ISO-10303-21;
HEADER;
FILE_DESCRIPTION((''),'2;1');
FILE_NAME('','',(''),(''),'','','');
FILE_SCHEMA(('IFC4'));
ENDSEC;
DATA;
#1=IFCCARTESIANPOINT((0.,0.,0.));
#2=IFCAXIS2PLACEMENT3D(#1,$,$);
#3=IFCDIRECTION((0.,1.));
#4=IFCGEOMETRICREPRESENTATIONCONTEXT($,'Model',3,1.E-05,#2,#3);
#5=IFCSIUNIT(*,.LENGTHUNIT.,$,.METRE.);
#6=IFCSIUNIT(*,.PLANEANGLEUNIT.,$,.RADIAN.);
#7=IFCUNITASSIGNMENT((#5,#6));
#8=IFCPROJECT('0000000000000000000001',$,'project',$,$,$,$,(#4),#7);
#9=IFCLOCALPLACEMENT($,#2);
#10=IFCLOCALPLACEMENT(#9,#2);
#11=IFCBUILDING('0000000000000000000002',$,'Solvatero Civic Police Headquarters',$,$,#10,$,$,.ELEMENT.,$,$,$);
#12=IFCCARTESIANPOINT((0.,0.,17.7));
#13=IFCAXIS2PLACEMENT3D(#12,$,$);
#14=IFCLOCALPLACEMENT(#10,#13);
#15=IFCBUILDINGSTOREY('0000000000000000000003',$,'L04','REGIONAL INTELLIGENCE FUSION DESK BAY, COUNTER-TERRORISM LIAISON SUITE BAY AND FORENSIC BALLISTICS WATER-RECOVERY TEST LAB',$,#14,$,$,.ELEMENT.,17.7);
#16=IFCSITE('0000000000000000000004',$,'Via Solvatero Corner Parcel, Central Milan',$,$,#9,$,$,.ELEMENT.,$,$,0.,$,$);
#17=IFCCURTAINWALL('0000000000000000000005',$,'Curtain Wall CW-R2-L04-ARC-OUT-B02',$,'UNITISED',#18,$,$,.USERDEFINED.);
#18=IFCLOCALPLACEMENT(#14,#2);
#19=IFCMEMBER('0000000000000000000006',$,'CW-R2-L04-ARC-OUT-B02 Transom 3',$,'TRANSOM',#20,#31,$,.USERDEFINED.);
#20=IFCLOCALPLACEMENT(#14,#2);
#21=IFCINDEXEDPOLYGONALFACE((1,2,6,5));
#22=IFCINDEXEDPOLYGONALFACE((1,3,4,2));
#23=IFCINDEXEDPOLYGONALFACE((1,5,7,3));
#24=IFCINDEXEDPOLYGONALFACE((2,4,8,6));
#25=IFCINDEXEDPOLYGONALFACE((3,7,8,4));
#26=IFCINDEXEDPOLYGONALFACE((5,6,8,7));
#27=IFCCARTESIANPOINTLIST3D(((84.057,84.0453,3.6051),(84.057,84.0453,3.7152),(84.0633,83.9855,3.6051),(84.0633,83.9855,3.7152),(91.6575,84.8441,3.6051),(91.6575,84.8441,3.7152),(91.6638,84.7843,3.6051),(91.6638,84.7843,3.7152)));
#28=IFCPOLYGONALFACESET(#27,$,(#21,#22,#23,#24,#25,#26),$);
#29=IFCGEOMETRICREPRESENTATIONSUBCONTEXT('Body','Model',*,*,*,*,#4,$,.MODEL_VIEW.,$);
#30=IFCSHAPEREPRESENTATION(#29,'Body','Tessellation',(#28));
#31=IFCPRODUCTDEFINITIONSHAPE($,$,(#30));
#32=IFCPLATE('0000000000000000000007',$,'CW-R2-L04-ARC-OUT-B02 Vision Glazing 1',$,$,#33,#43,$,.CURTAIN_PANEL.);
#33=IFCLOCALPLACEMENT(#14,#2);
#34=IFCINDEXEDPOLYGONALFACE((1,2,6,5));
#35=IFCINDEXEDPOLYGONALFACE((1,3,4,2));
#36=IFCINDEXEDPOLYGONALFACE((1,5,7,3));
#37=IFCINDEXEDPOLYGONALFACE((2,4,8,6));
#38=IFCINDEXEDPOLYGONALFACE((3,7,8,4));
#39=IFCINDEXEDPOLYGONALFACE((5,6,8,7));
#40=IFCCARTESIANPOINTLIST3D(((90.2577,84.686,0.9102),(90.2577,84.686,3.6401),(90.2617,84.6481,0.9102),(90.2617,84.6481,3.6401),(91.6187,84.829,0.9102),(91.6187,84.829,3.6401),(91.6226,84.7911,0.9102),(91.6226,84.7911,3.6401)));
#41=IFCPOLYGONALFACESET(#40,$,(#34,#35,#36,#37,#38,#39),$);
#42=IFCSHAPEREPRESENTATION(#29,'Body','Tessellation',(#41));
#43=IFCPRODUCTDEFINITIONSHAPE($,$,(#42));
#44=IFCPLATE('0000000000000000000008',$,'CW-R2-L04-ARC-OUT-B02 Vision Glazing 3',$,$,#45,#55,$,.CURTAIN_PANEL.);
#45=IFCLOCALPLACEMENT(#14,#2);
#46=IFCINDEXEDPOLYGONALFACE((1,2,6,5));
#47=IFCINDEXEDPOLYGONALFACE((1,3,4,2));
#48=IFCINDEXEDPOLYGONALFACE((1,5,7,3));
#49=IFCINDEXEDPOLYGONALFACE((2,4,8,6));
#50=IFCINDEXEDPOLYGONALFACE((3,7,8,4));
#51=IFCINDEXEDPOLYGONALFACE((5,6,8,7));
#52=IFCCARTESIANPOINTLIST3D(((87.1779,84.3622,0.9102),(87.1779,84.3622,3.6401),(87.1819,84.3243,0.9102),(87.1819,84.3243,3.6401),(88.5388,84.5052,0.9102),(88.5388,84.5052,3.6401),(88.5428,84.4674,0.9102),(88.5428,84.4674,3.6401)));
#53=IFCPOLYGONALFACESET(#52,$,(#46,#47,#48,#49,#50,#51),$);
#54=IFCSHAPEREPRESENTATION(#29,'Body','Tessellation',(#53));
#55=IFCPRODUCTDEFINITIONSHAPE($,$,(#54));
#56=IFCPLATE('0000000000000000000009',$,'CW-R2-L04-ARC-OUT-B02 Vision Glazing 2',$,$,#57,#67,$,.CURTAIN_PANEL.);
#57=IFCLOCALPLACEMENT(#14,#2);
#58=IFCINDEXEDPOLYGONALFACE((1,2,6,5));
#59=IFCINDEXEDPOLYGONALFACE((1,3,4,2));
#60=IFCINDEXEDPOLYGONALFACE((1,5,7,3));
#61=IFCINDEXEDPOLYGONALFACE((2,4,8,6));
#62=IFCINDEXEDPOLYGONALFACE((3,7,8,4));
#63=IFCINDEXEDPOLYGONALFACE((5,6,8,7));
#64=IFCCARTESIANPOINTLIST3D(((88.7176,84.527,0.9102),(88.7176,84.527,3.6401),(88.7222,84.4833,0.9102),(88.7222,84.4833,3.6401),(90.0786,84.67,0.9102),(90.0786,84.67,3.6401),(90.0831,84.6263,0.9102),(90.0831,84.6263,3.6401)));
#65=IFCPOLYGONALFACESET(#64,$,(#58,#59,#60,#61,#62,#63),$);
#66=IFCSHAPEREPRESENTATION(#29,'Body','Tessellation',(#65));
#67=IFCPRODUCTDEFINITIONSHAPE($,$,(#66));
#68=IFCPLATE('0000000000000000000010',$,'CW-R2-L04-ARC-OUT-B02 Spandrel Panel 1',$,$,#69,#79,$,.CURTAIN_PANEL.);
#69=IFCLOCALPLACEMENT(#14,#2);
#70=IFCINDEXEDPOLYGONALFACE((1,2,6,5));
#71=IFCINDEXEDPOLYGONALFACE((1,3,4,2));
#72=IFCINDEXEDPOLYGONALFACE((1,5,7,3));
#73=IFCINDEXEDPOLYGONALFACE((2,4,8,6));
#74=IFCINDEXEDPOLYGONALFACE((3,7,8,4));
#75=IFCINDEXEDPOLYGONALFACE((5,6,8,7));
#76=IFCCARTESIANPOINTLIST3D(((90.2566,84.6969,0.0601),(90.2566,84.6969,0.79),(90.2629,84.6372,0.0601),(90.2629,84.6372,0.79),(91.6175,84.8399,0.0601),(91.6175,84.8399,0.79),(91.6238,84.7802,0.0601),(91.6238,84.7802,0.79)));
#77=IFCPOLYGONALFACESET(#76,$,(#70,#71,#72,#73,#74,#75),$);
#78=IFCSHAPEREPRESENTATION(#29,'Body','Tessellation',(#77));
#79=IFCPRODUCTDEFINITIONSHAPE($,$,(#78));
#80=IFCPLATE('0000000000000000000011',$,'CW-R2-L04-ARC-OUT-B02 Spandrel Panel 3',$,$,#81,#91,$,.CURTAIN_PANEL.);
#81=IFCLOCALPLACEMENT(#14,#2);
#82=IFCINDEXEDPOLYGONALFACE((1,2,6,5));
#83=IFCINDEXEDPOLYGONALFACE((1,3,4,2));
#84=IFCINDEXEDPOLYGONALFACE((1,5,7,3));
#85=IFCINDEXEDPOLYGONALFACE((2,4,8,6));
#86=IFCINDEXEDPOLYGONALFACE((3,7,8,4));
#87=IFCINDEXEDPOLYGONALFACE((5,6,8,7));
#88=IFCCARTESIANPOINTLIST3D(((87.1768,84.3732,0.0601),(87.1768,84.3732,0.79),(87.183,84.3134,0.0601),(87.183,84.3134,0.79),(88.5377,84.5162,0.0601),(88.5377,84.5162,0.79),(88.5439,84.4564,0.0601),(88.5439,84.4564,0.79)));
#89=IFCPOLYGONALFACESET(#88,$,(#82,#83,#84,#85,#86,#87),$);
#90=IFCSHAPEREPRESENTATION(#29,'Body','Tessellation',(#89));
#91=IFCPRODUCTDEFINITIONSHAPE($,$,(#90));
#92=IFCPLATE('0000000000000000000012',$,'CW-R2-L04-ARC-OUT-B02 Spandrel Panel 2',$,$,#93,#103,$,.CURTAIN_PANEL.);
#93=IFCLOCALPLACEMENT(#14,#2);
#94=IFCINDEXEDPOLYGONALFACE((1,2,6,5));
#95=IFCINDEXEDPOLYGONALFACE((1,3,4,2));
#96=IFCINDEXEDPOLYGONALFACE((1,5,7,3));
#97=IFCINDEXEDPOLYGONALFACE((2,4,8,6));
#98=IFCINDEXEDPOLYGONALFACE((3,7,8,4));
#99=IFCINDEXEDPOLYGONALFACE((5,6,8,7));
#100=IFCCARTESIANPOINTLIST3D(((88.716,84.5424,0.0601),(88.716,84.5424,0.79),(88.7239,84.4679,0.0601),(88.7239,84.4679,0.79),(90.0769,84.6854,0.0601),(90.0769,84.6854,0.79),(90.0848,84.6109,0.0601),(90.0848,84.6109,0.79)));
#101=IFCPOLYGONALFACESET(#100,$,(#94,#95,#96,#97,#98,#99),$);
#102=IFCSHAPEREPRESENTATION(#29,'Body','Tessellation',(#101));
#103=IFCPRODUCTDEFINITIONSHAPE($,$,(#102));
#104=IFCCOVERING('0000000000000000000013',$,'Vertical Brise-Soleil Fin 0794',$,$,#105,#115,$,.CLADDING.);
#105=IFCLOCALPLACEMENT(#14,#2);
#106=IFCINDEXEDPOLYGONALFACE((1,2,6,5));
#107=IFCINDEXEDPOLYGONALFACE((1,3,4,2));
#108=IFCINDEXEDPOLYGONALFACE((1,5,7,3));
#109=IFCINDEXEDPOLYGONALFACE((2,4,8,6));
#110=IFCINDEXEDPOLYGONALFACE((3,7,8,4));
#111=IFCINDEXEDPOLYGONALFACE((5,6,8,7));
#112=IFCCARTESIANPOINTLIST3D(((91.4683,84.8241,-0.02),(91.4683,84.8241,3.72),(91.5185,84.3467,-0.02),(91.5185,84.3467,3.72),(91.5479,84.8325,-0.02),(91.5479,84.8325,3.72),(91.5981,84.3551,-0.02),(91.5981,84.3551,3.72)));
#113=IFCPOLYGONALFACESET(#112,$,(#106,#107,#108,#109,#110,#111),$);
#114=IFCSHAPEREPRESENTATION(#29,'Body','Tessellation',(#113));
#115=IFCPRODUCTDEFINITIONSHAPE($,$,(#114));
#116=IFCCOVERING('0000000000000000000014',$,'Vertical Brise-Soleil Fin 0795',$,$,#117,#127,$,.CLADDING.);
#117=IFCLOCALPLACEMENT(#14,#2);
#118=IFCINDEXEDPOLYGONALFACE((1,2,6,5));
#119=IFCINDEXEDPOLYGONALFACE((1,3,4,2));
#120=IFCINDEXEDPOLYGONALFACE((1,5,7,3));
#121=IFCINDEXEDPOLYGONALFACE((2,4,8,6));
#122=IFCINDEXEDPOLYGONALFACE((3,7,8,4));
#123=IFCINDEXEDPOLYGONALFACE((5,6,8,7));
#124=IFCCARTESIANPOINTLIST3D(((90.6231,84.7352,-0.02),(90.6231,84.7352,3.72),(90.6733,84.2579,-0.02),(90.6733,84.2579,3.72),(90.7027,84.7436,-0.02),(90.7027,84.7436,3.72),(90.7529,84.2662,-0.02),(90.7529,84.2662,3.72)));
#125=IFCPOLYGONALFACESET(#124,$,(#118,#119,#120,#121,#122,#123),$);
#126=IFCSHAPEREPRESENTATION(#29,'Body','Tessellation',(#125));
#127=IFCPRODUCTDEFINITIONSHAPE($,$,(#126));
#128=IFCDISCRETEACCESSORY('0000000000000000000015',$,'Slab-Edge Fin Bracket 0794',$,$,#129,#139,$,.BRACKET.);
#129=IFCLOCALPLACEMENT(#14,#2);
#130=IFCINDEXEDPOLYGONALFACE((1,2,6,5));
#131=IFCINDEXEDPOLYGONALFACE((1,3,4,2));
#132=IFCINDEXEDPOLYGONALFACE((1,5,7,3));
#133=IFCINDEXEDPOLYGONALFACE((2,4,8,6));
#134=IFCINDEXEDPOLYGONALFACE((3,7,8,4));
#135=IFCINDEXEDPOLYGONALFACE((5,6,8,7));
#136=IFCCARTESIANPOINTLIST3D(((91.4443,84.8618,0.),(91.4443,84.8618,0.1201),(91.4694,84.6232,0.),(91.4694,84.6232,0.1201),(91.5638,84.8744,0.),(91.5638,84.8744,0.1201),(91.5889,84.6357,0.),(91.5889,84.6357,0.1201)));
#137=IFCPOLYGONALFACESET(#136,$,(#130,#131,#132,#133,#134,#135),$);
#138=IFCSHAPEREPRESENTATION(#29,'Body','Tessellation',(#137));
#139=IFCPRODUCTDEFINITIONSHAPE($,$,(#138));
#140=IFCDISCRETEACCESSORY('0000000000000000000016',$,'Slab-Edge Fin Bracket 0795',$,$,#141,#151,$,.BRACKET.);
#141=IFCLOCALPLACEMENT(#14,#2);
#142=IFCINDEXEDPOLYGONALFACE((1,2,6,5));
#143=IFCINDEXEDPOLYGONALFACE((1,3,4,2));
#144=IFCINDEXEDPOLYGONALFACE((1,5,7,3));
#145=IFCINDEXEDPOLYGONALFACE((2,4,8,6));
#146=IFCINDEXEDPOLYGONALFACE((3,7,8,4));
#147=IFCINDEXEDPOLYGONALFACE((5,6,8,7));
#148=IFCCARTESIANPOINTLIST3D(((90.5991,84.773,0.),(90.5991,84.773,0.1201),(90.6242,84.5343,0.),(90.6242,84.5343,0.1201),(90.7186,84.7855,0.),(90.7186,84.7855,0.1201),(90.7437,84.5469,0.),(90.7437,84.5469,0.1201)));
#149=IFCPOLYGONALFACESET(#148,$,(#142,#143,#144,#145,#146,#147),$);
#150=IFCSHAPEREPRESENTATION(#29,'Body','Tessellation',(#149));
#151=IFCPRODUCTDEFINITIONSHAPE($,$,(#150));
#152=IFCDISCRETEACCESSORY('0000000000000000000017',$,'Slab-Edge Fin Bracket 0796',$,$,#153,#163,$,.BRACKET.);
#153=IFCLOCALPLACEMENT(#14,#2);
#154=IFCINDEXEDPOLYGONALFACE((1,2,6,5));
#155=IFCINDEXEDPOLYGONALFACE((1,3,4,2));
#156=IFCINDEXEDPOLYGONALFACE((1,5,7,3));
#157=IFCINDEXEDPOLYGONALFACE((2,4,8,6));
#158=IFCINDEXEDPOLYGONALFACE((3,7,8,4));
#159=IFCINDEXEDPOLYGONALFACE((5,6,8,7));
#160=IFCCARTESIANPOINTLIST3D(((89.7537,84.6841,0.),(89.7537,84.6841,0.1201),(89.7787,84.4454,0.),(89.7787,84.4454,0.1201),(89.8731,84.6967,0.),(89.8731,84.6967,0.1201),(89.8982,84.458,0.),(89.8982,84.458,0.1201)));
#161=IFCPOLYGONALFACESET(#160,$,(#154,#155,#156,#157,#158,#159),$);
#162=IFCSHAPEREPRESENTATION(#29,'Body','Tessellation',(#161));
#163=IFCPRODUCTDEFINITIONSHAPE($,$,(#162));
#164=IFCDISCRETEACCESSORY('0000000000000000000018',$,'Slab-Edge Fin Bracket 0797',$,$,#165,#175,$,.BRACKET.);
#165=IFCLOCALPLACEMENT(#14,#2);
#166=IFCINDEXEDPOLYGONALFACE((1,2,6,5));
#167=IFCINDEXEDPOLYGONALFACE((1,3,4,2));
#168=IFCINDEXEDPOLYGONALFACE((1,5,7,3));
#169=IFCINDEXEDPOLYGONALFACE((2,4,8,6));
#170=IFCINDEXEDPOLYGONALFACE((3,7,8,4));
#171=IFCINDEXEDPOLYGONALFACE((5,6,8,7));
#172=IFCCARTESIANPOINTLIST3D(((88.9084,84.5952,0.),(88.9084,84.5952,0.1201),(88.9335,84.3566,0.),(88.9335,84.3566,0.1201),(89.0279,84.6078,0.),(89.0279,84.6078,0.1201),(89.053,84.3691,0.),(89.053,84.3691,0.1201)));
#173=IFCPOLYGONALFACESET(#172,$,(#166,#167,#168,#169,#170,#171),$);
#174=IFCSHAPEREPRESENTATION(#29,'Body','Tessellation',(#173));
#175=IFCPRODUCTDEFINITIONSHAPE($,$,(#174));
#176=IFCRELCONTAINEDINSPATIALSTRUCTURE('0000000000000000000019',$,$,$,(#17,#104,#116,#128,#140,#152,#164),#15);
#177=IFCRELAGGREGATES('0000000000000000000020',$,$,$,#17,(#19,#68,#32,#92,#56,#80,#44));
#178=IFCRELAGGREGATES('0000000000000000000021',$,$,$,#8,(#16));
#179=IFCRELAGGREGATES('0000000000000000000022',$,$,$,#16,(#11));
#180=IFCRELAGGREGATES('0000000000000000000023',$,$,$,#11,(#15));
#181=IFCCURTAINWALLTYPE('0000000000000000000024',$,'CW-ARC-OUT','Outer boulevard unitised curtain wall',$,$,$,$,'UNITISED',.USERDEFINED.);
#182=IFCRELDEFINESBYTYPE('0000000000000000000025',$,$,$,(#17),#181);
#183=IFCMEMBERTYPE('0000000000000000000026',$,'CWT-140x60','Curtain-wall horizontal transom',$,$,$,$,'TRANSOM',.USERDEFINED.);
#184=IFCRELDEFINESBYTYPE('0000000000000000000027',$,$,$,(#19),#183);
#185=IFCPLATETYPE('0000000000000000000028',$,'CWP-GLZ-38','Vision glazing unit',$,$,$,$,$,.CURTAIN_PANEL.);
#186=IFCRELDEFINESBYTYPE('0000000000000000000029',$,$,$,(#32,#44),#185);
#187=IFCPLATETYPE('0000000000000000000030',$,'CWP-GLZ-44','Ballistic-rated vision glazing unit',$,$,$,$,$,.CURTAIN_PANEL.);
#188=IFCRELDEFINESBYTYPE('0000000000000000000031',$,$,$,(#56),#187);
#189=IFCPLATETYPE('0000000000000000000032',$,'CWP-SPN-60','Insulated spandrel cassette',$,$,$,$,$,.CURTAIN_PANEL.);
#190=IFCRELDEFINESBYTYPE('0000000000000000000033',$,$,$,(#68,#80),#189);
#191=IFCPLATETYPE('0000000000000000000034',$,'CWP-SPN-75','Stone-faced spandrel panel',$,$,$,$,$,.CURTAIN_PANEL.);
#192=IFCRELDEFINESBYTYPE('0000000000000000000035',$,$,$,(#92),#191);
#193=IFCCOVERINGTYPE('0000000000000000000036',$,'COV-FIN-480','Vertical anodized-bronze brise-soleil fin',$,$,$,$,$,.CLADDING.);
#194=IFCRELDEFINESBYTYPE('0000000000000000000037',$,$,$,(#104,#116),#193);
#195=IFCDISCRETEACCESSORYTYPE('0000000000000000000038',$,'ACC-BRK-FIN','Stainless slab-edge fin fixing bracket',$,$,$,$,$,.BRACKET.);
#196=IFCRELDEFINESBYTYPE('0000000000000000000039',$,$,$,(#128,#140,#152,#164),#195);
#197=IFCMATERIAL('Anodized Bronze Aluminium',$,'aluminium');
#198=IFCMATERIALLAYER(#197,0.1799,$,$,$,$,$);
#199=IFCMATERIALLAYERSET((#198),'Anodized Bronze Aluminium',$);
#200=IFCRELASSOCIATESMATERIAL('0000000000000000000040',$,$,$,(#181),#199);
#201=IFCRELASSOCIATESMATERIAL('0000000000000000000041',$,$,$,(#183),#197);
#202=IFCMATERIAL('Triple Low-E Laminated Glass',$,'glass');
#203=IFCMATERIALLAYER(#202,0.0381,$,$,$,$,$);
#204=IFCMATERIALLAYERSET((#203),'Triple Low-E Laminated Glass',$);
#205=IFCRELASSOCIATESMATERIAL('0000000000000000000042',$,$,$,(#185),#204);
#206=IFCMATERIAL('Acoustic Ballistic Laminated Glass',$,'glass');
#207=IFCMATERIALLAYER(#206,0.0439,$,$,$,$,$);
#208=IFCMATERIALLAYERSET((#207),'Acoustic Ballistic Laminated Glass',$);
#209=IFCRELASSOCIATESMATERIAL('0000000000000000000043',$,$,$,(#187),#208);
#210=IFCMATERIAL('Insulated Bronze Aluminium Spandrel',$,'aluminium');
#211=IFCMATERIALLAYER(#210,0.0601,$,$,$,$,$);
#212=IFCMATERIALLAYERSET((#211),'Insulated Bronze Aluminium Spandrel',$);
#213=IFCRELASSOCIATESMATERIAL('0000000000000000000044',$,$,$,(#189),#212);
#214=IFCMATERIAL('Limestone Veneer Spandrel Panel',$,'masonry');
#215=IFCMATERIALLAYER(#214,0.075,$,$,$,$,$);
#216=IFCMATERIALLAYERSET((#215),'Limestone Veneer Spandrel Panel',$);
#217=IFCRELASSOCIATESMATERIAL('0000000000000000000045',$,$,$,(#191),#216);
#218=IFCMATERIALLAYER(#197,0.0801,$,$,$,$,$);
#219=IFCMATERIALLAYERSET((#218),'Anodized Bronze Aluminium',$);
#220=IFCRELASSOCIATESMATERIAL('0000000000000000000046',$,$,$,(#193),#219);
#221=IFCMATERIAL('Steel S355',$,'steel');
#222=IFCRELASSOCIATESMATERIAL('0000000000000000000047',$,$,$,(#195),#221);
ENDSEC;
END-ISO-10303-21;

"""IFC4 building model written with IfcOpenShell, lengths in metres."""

from ifc_helpers import new_model, si_unit, direction, frame, origin, origin_2d, place, context, subcontext, project, spatial, rectangle, extrude, material, layer, layer_set, material_profile, profile_set, type_object, element, aggregate, save


model = new_model("IFC4")

# Units and contexts
model_context = context("Model", 3, precision=1e-05, world=origin(), true_north=direction((0.0, 1.0)))
body_context = subcontext(model_context, "Body", "Model", "MODEL_VIEW")
ifc_project = project(units=[si_unit("LENGTHUNIT", "METRE"), si_unit("PLANEANGLEUNIT", "RADIAN")], contexts=[model_context])

# Site, building, storey
site_placement = place(None, origin())
site = spatial("IfcSite", under=ifc_project, at=site_placement, Name="Via Solvatero Corner Parcel, Central Milan", CompositionType="ELEMENT", RefElevation=0.0)
building_placement = place(site_placement, origin())
building = spatial("IfcBuilding", under=site, at=building_placement, Name="Solvatero Civic Police Headquarters", CompositionType="ELEMENT")
storey_placement = place(building_placement, frame((0.0, 0.0, 17.7)))
storey = spatial("IfcBuildingStorey", under=building, at=storey_placement, Name="L04", Description="REGIONAL INTELLIGENCE FUSION DESK BAY, COUNTER-TERRORISM LIAISON SUITE BAY AND FORENSIC BALLISTICS WATER-RECOVERY TEST LAB", CompositionType="ELEMENT", Elevation=17.7)

# Shared definitions
ifc_material_1 = material(Name="Steel S355", Category="steel")

# Curtain wall
ifc_material_2 = material(Name="Anodized Bronze Aluminium", Category="aluminium")
ifc_layer_1 = layer(ifc_material_2, 0.1799)
ifc_layer_set_1 = layer_set([ifc_layer_1], Name="Anodized Bronze Aluminium")
curtain_wall_type = type_object("IfcCurtainWallType", Name="CW-ARC-OUT", Description="Outer boulevard unitised curtain wall", ElementType="UNITISED", PredefinedType="USERDEFINED", material=ifc_layer_set_1)
curtain_wall_1_placement = place(storey_placement, origin())
curtain_wall_1 = element("IfcCurtainWall", 1, at=curtain_wall_1_placement, inside=storey, type_object=curtain_wall_type, Name="Curtain Wall CW-R2-L04-ARC-OUT-B02", ObjectType="UNITISED", PredefinedType="USERDEFINED")

# Member
ifc_material_profile_1 = material_profile(ifc_material_2, rectangle(XDim=0.0601, YDim=0.1101, at=origin_2d()), Name="ALU TRANSOM 60x110")
ifc_profile_set_1 = profile_set([ifc_material_profile_1], Name="Anodized Bronze Aluminium")
member_type_1 = type_object("IfcMemberType", Name="CWT-140x60", Description="Curtain-wall horizontal transom", ElementType="TRANSOM", PredefinedType="USERDEFINED", material=ifc_profile_set_1)
member_1_placement = place(storey_placement, frame((91.6606, 84.8142, 3.6602), z_axis=(-0.994522, -0.104525, 0.0), x_axis=(0.104525, -0.994522, 0.0)))
member_1 = element("IfcMember", 2, at=member_1_placement, type_object=member_type_1, Name="CW-R2-L04-ARC-OUT-B02 Transom 3", ObjectType="TRANSOM", PredefinedType="USERDEFINED", context=body_context, shape_type="SweptSolid", body=[
    extrude(rectangle(XDim=0.0601, YDim=0.1101, at=origin_2d()), origin(), (0.0, 0.0, 1.0), 7.6423),
])

# Plates
ifc_material_3 = material(Name="Triple Low-E Laminated Glass", Category="glass")
ifc_layer_2 = layer(ifc_material_3, 0.0381)
ifc_layer_set_2 = layer_set([ifc_layer_2], Name="Triple Low-E Laminated Glass")
plate_type_1 = type_object("IfcPlateType", Name="CWP-GLZ-38", Description="Vision glazing unit", PredefinedType="CURTAIN_PANEL", material=ifc_layer_set_2)
plate_1_placement = place(storey_placement, frame((90.9402, 84.7385, 0.9102), z_axis=(0.0, 0.0, 1.0), x_axis=(-0.994524, -0.104511, 0.0)))
plate_1 = element("IfcPlate", 3, at=plate_1_placement, type_object=plate_type_1, Name="CW-R2-L04-ARC-OUT-B02 Vision Glazing 1", PredefinedType="CURTAIN_PANEL", context=body_context, shape_type="SweptSolid", body=[
    extrude(rectangle(XDim=1.3684, YDim=0.0381, at=origin_2d()), origin(), (0.0, 0.0, 1.0), 2.73),
])
plate_2_placement = place(storey_placement, frame((87.8604, 84.4148, 0.9102), z_axis=(0.0, 0.0, 1.0), x_axis=(-0.994524, -0.104511, 0.0)))
plate_2 = element("IfcPlate", 4, at=plate_2_placement, type_object=plate_type_1, Name="CW-R2-L04-ARC-OUT-B02 Vision Glazing 3", PredefinedType="CURTAIN_PANEL", context=body_context, shape_type="SweptSolid", body=[
    extrude(rectangle(XDim=1.3684, YDim=0.0381, at=origin_2d()), origin(), (0.0, 0.0, 1.0), 2.73),
])
ifc_material_4 = material(Name="Acoustic Ballistic Laminated Glass", Category="glass")
ifc_layer_3 = layer(ifc_material_4, 0.0439)
ifc_layer_set_3 = layer_set([ifc_layer_3], Name="Acoustic Ballistic Laminated Glass")
plate_type_2 = type_object("IfcPlateType", Name="CWP-GLZ-44", Description="Ballistic-rated vision glazing unit", PredefinedType="CURTAIN_PANEL", material=ifc_layer_set_3)
plate_3_placement = place(storey_placement, frame((89.4004, 84.5767, 0.9102), z_axis=(0.0, 0.0, 1.0), x_axis=(-0.994524, -0.104511, 0.0)))
plate_3 = element("IfcPlate", 5, at=plate_3_placement, type_object=plate_type_2, Name="CW-R2-L04-ARC-OUT-B02 Vision Glazing 2", PredefinedType="CURTAIN_PANEL", context=body_context, shape_type="SweptSolid", body=[
    extrude(rectangle(XDim=1.3684, YDim=0.0439, at=origin_2d()), origin(), (0.0, 0.0, 1.0), 2.73),
])
ifc_material_5 = material(Name="Insulated Bronze Aluminium Spandrel", Category="aluminium")
ifc_layer_4 = layer(ifc_material_5, 0.0601)
ifc_layer_set_4 = layer_set([ifc_layer_4], Name="Insulated Bronze Aluminium Spandrel")
plate_type_3 = type_object("IfcPlateType", Name="CWP-SPN-60", Description="Insulated spandrel cassette", PredefinedType="CURTAIN_PANEL", material=ifc_layer_set_4)
plate_4_placement = place(storey_placement, frame((90.9402, 84.7385, 0.0601), z_axis=(0.0, 0.0, 1.0), x_axis=(-0.994524, -0.104511, 0.0)))
plate_4 = element("IfcPlate", 6, at=plate_4_placement, type_object=plate_type_3, Name="CW-R2-L04-ARC-OUT-B02 Spandrel Panel 1", PredefinedType="CURTAIN_PANEL", context=body_context, shape_type="SweptSolid", body=[
    extrude(rectangle(XDim=1.3684, YDim=0.0601, at=origin_2d()), origin(), (0.0, 0.0, 1.0), 0.73),
])
plate_5_placement = place(storey_placement, frame((87.8604, 84.4148, 0.0601), z_axis=(0.0, 0.0, 1.0), x_axis=(-0.994524, -0.104511, 0.0)))
plate_5 = element("IfcPlate", 7, at=plate_5_placement, type_object=plate_type_3, Name="CW-R2-L04-ARC-OUT-B02 Spandrel Panel 3", PredefinedType="CURTAIN_PANEL", context=body_context, shape_type="SweptSolid", body=[
    extrude(rectangle(XDim=1.3684, YDim=0.0601, at=origin_2d()), origin(), (0.0, 0.0, 1.0), 0.73),
])
ifc_material_6 = material(Name="Limestone Veneer Spandrel Panel", Category="masonry")
ifc_layer_5 = layer(ifc_material_6, 0.075)
ifc_layer_set_5 = layer_set([ifc_layer_5], Name="Limestone Veneer Spandrel Panel")
plate_type_4 = type_object("IfcPlateType", Name="CWP-SPN-75", Description="Stone-faced spandrel panel", PredefinedType="CURTAIN_PANEL", material=ifc_layer_set_5)
plate_6_placement = place(storey_placement, frame((89.4004, 84.5767, 0.0601), z_axis=(0.0, 0.0, 1.0), x_axis=(-0.994524, -0.104511, 0.0)))
plate_6 = element("IfcPlate", 8, at=plate_6_placement, type_object=plate_type_4, Name="CW-R2-L04-ARC-OUT-B02 Spandrel Panel 2", PredefinedType="CURTAIN_PANEL", context=body_context, shape_type="SweptSolid", body=[
    extrude(rectangle(XDim=1.3684, YDim=0.075, at=origin_2d()), origin(), (0.0, 0.0, 1.0), 0.73),
])
aggregate(curtain_wall_1, [member_1, plate_4, plate_1, plate_6, plate_3, plate_5, plate_2])

# Coverings
ifc_layer_6 = layer(ifc_material_2, 0.0801)
ifc_layer_set_6 = layer_set([ifc_layer_6], Name="Anodized Bronze Aluminium")
covering_type = type_object("IfcCoveringType", Name="COV-FIN-480", Description="Vertical anodized-bronze brise-soleil fin", PredefinedType="CLADDING", material=ifc_layer_set_6)
for number, where, z_axis, x_axis, name in (
    (9, (91.5332, 84.5896, -0.02), (0.0, 0.0, 1.0), (-0.994524, -0.104511, 0.0), "Vertical Brise-Soleil Fin 0794"),
    (10, (90.688, 84.5007, -0.02), (0.0, 0.0, 1.0), (-0.994524, -0.104511, 0.0), "Vertical Brise-Soleil Fin 0795"),
):
    element("IfcCovering", number, at=place(storey_placement, frame(where, z_axis=z_axis, x_axis=x_axis)), inside=storey, type_object=covering_type, Name=name, PredefinedType="CLADDING", context=body_context, shape_type="SweptSolid", body=[
        extrude(rectangle(XDim=0.0801, YDim=0.48, at=origin_2d()), origin(), (0.0, 0.0, 1.0), 3.74),
    ])

# Discrete accessories
discrete_accessory_type = type_object("IfcDiscreteAccessoryType", Name="ACC-BRK-FIN", Description="Stainless slab-edge fin fixing bracket", PredefinedType="BRACKET", material=ifc_material_1)
for number, where, z_axis, x_axis, name in (
    (11, (91.5166, 84.7488, 0.0), (0.0, 0.0, 1.0), (-0.994524, -0.104511, 0.0), "Slab-Edge Fin Bracket 0794"),
    (12, (90.6714, 84.6599, 0.0), (0.0, 0.0, 1.0), (-0.994524, -0.104511, 0.0), "Slab-Edge Fin Bracket 0795"),
    (13, (89.8259, 84.571, 0.0), (0.0, 0.0, 1.0), (-0.994524, -0.104511, 0.0), "Slab-Edge Fin Bracket 0796"),
    (14, (88.9807, 84.4822, 0.0), (0.0, 0.0, 1.0), (-0.994524, -0.104511, 0.0), "Slab-Edge Fin Bracket 0797"),
):
    element("IfcDiscreteAccessory", number, at=place(storey_placement, frame(where, z_axis=z_axis, x_axis=x_axis)), inside=storey, type_object=discrete_accessory_type, Name=name, PredefinedType="BRACKET", context=body_context, shape_type="SweptSolid", body=[
        extrude(rectangle(XDim=0.1201, YDim=0.24, at=origin_2d()), origin(), (0.0, 0.0, 1.0), 0.1201),
    ])

save(model, "model.ifc")
